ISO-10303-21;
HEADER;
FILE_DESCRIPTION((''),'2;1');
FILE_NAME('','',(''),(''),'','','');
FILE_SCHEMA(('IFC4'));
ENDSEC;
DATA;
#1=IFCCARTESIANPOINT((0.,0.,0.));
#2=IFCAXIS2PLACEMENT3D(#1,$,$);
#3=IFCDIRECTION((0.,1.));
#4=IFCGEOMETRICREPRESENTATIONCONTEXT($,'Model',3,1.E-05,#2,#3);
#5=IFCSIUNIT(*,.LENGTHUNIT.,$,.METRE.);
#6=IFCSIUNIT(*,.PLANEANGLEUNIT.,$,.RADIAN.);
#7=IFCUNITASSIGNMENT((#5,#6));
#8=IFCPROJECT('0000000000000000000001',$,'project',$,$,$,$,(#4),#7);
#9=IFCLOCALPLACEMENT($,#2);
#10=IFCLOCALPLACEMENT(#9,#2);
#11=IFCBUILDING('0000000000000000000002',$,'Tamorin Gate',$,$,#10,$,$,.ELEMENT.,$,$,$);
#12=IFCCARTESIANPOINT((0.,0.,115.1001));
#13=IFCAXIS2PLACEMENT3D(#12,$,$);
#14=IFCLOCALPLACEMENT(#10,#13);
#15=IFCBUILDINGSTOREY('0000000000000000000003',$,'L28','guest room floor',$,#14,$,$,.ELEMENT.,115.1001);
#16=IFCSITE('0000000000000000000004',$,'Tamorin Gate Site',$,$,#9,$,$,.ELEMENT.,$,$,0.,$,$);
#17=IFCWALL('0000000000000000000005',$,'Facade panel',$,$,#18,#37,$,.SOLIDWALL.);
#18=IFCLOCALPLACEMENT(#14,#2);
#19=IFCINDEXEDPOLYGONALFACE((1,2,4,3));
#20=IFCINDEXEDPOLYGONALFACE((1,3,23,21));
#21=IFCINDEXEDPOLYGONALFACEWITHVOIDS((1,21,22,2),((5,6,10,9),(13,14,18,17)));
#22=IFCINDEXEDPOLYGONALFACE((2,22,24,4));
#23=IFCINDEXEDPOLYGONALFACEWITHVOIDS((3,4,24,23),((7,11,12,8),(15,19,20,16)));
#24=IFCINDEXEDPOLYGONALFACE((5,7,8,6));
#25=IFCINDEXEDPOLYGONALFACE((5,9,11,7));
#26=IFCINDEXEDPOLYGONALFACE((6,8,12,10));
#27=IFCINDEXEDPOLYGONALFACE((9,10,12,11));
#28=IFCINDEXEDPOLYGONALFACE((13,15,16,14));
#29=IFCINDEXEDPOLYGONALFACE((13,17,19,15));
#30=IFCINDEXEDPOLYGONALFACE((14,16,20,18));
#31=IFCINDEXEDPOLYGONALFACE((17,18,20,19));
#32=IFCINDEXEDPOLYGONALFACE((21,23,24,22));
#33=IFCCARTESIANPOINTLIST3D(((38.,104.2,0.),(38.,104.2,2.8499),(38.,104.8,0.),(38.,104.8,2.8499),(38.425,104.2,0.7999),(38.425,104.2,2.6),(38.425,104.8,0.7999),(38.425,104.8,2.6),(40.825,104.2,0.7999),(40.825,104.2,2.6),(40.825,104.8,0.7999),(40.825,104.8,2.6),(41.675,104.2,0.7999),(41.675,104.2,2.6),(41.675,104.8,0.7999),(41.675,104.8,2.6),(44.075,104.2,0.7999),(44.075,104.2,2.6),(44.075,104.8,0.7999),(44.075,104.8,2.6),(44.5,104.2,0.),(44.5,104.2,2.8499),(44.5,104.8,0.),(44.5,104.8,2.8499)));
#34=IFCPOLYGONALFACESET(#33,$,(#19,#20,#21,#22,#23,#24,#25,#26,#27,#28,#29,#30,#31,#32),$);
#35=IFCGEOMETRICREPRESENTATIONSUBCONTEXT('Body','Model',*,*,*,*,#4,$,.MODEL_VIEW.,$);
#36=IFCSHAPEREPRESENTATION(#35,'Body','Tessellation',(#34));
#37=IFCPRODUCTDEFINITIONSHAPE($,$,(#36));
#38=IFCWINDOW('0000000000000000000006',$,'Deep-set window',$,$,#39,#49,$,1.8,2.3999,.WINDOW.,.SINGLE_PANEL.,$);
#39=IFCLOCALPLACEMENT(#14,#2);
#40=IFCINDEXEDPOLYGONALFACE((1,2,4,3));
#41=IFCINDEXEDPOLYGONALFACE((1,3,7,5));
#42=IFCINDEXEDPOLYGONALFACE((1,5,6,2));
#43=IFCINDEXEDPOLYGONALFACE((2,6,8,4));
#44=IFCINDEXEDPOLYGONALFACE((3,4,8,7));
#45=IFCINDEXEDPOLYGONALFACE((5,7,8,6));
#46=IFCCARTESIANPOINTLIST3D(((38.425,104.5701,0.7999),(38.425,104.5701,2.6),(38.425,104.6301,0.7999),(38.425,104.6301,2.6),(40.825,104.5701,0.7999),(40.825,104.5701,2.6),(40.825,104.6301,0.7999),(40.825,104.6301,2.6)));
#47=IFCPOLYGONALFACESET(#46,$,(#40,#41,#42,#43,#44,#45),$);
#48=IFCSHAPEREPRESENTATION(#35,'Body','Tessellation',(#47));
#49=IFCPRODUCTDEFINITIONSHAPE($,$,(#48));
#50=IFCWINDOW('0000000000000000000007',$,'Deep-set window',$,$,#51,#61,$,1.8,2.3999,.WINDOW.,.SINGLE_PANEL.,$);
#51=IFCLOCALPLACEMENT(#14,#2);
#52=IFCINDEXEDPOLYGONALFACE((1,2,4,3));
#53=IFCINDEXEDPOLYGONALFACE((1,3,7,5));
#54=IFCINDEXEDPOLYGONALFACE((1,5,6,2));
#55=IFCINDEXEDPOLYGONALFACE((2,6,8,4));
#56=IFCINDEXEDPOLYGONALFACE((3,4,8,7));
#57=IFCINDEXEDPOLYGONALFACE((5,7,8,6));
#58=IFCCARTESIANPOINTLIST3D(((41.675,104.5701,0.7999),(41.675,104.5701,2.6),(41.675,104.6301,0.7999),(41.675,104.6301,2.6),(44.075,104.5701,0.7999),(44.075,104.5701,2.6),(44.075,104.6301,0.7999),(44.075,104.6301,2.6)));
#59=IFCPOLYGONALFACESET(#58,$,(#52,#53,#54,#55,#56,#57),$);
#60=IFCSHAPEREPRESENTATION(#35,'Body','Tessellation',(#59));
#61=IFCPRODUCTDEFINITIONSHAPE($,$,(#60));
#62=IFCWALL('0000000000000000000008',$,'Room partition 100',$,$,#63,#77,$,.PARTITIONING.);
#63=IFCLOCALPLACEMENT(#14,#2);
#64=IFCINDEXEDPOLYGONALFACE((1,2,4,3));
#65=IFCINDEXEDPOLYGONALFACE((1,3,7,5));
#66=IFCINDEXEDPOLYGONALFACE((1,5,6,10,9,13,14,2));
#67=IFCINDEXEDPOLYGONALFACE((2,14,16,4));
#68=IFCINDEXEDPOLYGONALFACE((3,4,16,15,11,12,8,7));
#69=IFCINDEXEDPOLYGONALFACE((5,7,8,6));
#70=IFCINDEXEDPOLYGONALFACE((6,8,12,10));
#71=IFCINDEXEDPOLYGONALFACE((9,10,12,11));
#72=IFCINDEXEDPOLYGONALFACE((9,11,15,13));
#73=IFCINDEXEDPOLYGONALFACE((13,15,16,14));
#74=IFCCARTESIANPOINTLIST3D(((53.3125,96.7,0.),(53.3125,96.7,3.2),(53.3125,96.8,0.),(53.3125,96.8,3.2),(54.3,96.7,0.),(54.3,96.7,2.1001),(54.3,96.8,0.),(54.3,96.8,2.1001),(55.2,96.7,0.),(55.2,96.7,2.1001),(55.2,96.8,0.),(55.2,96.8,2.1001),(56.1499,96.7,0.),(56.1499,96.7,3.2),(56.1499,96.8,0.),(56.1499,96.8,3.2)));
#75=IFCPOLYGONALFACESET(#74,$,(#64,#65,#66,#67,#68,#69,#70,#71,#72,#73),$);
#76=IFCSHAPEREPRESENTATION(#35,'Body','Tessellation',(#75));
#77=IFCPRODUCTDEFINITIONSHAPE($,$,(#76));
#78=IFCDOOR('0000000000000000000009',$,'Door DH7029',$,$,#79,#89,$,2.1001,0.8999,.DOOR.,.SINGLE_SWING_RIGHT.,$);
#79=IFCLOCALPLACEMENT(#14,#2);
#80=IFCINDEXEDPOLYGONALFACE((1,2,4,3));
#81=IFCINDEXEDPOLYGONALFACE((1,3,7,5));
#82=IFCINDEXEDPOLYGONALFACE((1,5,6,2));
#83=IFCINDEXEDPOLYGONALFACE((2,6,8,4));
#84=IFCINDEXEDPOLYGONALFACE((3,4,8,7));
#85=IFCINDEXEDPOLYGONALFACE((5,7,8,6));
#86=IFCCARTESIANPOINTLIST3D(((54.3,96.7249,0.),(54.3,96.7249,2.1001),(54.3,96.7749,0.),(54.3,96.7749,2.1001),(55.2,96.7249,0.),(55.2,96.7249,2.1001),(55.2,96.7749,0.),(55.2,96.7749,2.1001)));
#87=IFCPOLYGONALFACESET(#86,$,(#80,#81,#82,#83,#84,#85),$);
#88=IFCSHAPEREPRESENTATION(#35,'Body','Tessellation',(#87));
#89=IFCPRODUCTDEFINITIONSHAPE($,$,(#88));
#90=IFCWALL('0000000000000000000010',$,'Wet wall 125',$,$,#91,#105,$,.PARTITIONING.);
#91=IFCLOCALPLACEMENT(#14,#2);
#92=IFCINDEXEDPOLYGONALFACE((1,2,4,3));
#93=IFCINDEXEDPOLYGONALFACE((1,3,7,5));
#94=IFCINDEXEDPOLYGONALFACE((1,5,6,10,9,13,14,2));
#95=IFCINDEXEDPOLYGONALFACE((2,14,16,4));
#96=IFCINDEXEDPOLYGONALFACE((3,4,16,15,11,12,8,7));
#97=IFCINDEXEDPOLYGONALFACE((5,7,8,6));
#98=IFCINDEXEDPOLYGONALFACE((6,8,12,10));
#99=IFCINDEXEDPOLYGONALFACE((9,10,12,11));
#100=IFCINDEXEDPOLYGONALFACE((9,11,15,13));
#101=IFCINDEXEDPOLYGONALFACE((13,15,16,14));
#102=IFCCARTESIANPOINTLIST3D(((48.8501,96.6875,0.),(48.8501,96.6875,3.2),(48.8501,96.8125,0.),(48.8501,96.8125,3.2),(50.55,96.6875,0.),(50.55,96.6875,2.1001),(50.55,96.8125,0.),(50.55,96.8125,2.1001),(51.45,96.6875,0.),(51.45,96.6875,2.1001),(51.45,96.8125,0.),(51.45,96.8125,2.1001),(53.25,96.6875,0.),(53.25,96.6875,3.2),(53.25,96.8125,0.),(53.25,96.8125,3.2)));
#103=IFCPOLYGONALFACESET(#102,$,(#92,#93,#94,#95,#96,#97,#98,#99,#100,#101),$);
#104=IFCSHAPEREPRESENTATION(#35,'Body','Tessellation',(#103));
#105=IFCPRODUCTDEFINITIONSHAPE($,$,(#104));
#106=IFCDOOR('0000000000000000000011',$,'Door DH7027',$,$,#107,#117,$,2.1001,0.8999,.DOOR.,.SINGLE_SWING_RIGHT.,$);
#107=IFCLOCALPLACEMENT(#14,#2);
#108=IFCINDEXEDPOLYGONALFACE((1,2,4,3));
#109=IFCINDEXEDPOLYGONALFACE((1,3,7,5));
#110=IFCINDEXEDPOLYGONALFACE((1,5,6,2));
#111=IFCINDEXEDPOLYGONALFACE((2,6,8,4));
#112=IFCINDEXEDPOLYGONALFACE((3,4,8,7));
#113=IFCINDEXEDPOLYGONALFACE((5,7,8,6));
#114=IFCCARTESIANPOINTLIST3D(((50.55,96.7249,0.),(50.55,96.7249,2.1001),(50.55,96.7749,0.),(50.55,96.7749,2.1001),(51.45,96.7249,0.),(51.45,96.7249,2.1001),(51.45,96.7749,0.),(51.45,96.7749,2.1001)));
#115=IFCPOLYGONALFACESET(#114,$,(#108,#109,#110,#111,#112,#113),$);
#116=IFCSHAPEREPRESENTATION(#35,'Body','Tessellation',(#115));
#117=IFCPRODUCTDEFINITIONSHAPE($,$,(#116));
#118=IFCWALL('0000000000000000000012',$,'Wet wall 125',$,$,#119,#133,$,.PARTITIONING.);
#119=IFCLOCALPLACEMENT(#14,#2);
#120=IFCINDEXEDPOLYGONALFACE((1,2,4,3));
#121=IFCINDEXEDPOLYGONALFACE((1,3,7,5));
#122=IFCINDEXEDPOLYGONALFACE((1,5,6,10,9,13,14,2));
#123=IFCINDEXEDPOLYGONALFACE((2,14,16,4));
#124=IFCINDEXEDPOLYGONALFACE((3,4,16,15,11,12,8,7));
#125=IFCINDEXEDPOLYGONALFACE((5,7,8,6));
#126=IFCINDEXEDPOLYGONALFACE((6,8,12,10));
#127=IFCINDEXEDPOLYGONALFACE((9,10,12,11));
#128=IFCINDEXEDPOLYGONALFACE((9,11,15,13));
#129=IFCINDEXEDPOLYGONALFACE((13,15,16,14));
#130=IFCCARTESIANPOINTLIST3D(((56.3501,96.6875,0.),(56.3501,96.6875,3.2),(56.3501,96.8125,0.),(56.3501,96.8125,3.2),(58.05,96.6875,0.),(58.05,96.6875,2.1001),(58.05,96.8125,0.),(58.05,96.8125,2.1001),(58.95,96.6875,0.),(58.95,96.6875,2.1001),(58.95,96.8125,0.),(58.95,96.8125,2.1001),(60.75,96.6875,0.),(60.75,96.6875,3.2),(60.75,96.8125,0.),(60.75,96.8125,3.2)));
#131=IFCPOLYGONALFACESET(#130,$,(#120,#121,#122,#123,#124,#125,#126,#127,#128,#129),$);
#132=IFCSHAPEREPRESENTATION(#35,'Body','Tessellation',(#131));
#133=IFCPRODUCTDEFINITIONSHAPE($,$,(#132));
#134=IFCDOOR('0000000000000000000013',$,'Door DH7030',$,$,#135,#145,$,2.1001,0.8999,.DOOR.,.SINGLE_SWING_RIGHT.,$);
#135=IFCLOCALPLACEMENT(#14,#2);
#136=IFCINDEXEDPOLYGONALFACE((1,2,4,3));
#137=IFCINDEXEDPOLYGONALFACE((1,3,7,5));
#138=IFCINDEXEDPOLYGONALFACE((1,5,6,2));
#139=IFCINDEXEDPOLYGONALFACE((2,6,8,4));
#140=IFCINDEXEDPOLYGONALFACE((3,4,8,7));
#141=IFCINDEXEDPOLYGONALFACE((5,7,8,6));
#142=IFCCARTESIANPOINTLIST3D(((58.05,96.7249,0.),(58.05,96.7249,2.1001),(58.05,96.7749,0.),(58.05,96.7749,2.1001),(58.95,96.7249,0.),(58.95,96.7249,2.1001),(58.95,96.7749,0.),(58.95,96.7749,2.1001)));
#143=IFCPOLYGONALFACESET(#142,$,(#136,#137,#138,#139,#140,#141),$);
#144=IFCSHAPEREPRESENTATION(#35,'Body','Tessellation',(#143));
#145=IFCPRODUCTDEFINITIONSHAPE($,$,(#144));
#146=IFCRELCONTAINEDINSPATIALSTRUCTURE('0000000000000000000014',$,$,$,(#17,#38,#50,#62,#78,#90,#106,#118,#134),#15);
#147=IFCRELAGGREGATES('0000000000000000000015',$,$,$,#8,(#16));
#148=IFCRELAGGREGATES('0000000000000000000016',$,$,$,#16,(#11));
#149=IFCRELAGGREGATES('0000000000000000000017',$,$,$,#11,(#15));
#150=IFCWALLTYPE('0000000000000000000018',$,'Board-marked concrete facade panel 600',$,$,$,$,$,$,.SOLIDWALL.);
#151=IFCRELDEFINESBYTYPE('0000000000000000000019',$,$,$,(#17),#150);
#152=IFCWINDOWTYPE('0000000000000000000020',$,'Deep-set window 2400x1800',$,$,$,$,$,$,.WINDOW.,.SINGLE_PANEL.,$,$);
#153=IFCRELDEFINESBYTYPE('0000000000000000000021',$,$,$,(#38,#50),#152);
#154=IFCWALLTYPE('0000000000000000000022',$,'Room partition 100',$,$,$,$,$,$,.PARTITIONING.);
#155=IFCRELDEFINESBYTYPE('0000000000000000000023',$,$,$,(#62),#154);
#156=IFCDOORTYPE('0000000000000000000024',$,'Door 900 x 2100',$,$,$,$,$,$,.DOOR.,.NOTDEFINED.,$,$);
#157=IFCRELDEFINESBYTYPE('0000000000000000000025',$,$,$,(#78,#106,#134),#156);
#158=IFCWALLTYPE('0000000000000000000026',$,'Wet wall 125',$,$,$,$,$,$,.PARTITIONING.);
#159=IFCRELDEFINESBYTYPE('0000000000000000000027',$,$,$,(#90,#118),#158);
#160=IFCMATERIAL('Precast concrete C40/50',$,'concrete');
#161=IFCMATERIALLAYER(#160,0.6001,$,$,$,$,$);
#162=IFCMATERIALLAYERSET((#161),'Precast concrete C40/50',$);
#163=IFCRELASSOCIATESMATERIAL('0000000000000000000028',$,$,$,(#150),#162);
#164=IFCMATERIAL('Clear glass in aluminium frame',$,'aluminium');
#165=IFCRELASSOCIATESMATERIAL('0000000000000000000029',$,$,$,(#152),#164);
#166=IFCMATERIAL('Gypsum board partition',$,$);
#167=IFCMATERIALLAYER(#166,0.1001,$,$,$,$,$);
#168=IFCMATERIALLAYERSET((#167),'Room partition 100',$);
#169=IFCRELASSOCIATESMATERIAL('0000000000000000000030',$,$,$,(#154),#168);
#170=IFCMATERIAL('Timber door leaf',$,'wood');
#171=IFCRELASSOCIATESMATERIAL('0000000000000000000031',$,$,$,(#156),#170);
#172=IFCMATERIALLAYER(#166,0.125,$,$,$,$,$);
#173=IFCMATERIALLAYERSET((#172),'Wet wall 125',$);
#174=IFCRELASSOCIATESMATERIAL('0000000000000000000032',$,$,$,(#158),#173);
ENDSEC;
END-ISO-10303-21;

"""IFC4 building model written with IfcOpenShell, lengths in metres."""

from ifc_helpers import new_model, si_unit, direction, frame, frame_2d, origin, place, context, subcontext, project, spatial, rectangle, extrude, material, layer, layer_set, type_object, element, fill, save


model = new_model("IFC4")

# Units and contexts
model_context = context("Model", 3, precision=1e-05, world=origin(), true_north=direction((0.0, 1.0)))
body_context = subcontext(model_context, "Body", "Model", "MODEL_VIEW")
ifc_project = project(units=[si_unit("LENGTHUNIT", "METRE"), si_unit("PLANEANGLEUNIT", "RADIAN")], contexts=[model_context])

# Site, building, storey
site_placement = place(None, origin())
site = spatial("IfcSite", under=ifc_project, at=site_placement, Name="Tamorin Gate Site", CompositionType="ELEMENT", RefElevation=0.0)
building_placement = place(site_placement, origin())
building = spatial("IfcBuilding", under=site, at=building_placement, Name="Tamorin Gate", CompositionType="ELEMENT")
storey_placement = place(building_placement, frame((0.0, 0.0, 115.1001)))
storey = spatial("IfcBuildingStorey", under=building, at=storey_placement, Name="L28", Description="guest room floor", CompositionType="ELEMENT", Elevation=115.1001)

# Wall, openings, windows
ifc_material_1 = material(Name="Precast concrete C40/50", Category="concrete")
ifc_layer_1 = layer(ifc_material_1, 0.6001)
ifc_layer_set_1 = layer_set([ifc_layer_1], Name="Precast concrete C40/50")
wall_type_1 = type_object("IfcWallType", Name="Board-marked concrete facade panel 600", PredefinedType="SOLIDWALL", material=ifc_layer_set_1)
ifc_material_2 = material(Name="Clear glass in aluminium frame", Category="aluminium")
window_type = type_object("IfcWindowType", Name="Deep-set window 2400x1800", PartitioningType="SINGLE_PANEL", PredefinedType="WINDOW", material=ifc_material_2)
wall_1_placement = place(storey_placement, frame((44.5, 104.5, 0.0), z_axis=(0.0, 0.0, 1.0), x_axis=(-1.0, 0.0, 0.0)))
wall_1 = element("IfcWall", 1, at=wall_1_placement, inside=storey, type_object=wall_type_1, Name="Facade panel", PredefinedType="SOLIDWALL", context=body_context, shape_type="SweptSolid", body=[
    extrude(rectangle(XDim=6.5, YDim=0.6001, at=frame_2d((3.25, 0.0))), origin(), (0.0, 0.0, 1.0), 2.8499),
])
opening_1_placement = place(wall_1_placement, frame((3.675, 0.0, 0.8)))
opening_1 = element("IfcOpeningElement", 2, at=opening_1_placement, cuts=wall_1, PredefinedType="OPENING", context=body_context, shape_type="SweptSolid", body=[
    extrude(rectangle(XDim=2.3999, YDim=1.8, at=frame_2d((1.2, 0.8999))), frame((0.0, 0.3101, 0.0), z_axis=(0.0, -1.0, 0.0), x_axis=(1.0, 0.0, 0.0)), (0.0, 0.0, 1.0), 0.6201),
])
opening_2_placement = place(wall_1_placement, frame((0.425, 0.0, 0.8)))
opening_2 = element("IfcOpeningElement", 3, at=opening_2_placement, cuts=wall_1, PredefinedType="OPENING", context=body_context, shape_type="SweptSolid", body=[
    extrude(rectangle(XDim=2.3999, YDim=1.8, at=frame_2d((1.2, 0.8999))), frame((0.0, 0.3101, 0.0), z_axis=(0.0, -1.0, 0.0), x_axis=(1.0, 0.0, 0.0)), (0.0, 0.0, 1.0), 0.6201),
])
window_1_placement = place(opening_1_placement, origin())
window_1 = element("IfcWindow", 4, at=window_1_placement, inside=storey, type_object=window_type, Name="Deep-set window", OverallHeight=1.8, OverallWidth=2.3999, PartitioningType="SINGLE_PANEL", PredefinedType="WINDOW", context=body_context, shape_type="SweptSolid", body=[
    extrude(rectangle(XDim=2.3999, YDim=1.8, at=frame_2d((1.2, 0.8999))), frame((0.0, -0.0701, 0.0), z_axis=(0.0, -1.0, 0.0), x_axis=(1.0, 0.0, 0.0)), (0.0, 0.0, 1.0), 0.0601),
])
fill(opening_1, window_1)
window_2_placement = place(opening_2_placement, origin())
window_2 = element("IfcWindow", 5, at=window_2_placement, inside=storey, type_object=window_type, Name="Deep-set window", OverallHeight=1.8, OverallWidth=2.3999, PartitioningType="SINGLE_PANEL", PredefinedType="WINDOW", context=body_context, shape_type="SweptSolid", body=[
    extrude(rectangle(XDim=2.3999, YDim=1.8, at=frame_2d((1.2, 0.8999))), frame((0.0, -0.0701, 0.0), z_axis=(0.0, -1.0, 0.0), x_axis=(1.0, 0.0, 0.0)), (0.0, 0.0, 1.0), 0.0601),
])
fill(opening_2, window_2)

# Walls, openings, doors
ifc_material_3 = material(Name="Gypsum board partition")
ifc_layer_2 = layer(ifc_material_3, 0.1001)
ifc_layer_set_2 = layer_set([ifc_layer_2], Name="Room partition 100")
wall_type_2 = type_object("IfcWallType", Name="Room partition 100", PredefinedType="PARTITIONING", material=ifc_layer_set_2)
wall_2_placement = place(storey_placement, frame((53.3125, 96.75, 0.0), z_axis=(0.0, 0.0, 1.0), x_axis=(1.0, 0.0, 0.0)))
wall_2 = element("IfcWall", 6, at=wall_2_placement, inside=storey, type_object=wall_type_2, Name="Room partition 100", PredefinedType="PARTITIONING", context=body_context, shape_type="SweptSolid", body=[
    extrude(rectangle(XDim=2.8374, YDim=0.1001, at=frame_2d((1.4187, 0.0))), origin(), (0.0, 0.0, 1.0), 3.2),
])
opening_3_placement = place(wall_2_placement, frame((0.9875, 0.0, 0.0)))
opening_3 = element("IfcOpeningElement", 7, at=opening_3_placement, cuts=wall_2, PredefinedType="OPENING", context=body_context, shape_type="SweptSolid", body=[
    extrude(rectangle(XDim=0.8999, YDim=2.1001, at=frame_2d((0.45, 1.05))), frame((0.0, 0.0601, 0.0), z_axis=(0.0, -1.0, 0.0), x_axis=(1.0, 0.0, 0.0)), (0.0, 0.0, 1.0), 0.1201),
])
ifc_material_4 = material(Name="Timber door leaf", Category="wood")
door_type = type_object("IfcDoorType", Name="Door 900 x 2100", OperationType="NOTDEFINED", PredefinedType="DOOR", material=ifc_material_4)
door_1_placement = place(opening_3_placement, origin())
door_1 = element("IfcDoor", 8, at=door_1_placement, inside=storey, type_object=door_type, Name="Door DH7029", OperationType="SINGLE_SWING_RIGHT", OverallHeight=2.1001, OverallWidth=0.8999, PredefinedType="DOOR", context=body_context, shape_type="SweptSolid", body=[
    extrude(rectangle(XDim=0.8999, YDim=2.1001, at=frame_2d((0.45, 1.05))), frame((0.0, 0.0249, 0.0), z_axis=(0.0, -1.0, 0.0), x_axis=(1.0, 0.0, 0.0)), (0.0, 0.0, 1.0), 0.05),
])
fill(opening_3, door_1)
ifc_layer_3 = layer(ifc_material_3, 0.125)
ifc_layer_set_3 = layer_set([ifc_layer_3], Name="Wet wall 125")
wall_type_3 = type_object("IfcWallType", Name="Wet wall 125", PredefinedType="PARTITIONING", material=ifc_layer_set_3)
wall_3_placement = place(storey_placement, frame((48.8501, 96.75, 0.0), z_axis=(0.0, 0.0, 1.0), x_axis=(1.0, 0.0, 0.0)))
wall_3 = element("IfcWall", 9, at=wall_3_placement, inside=storey, type_object=wall_type_3, Name="Wet wall 125", PredefinedType="PARTITIONING", context=body_context, shape_type="SweptSolid", body=[
    extrude(rectangle(XDim=4.3999, YDim=0.125, at=frame_2d((2.2, 0.0))), origin(), (0.0, 0.0, 1.0), 3.2),
])
opening_4_placement = place(wall_3_placement, frame((1.7, 0.0, 0.0)))
opening_4 = element("IfcOpeningElement", 10, at=opening_4_placement, cuts=wall_3, PredefinedType="OPENING", context=body_context, shape_type="SweptSolid", body=[
    extrude(rectangle(XDim=0.8999, YDim=2.1001, at=frame_2d((0.45, 1.05))), frame((0.0, 0.0725, 0.0), z_axis=(0.0, -1.0, 0.0), x_axis=(1.0, 0.0, 0.0)), (0.0, 0.0, 1.0), 0.145),
])
door_2_placement = place(opening_4_placement, origin())
door_2 = element("IfcDoor", 11, at=door_2_placement, inside=storey, type_object=door_type, Name="Door DH7027", OperationType="SINGLE_SWING_RIGHT", OverallHeight=2.1001, OverallWidth=0.8999, PredefinedType="DOOR", context=body_context, shape_type="SweptSolid", body=[
    extrude(rectangle(XDim=0.8999, YDim=2.1001, at=frame_2d((0.45, 1.05))), frame((0.0, 0.0249, 0.0), z_axis=(0.0, -1.0, 0.0), x_axis=(1.0, 0.0, 0.0)), (0.0, 0.0, 1.0), 0.05),
])
fill(opening_4, door_2)
wall_4_placement = place(storey_placement, frame((56.3501, 96.75, 0.0), z_axis=(0.0, 0.0, 1.0), x_axis=(1.0, 0.0, 0.0)))
wall_4 = element("IfcWall", 12, at=wall_4_placement, inside=storey, type_object=wall_type_3, Name="Wet wall 125", PredefinedType="PARTITIONING", context=body_context, shape_type="SweptSolid", body=[
    extrude(rectangle(XDim=4.3999, YDim=0.125, at=frame_2d((2.2, 0.0))), origin(), (0.0, 0.0, 1.0), 3.2),
])
opening_5_placement = place(wall_4_placement, frame((1.7, 0.0, 0.0)))
opening_5 = element("IfcOpeningElement", 13, at=opening_5_placement, cuts=wall_4, PredefinedType="OPENING", context=body_context, shape_type="SweptSolid", body=[
    extrude(rectangle(XDim=0.8999, YDim=2.1001, at=frame_2d((0.45, 1.05))), frame((0.0, 0.0725, 0.0), z_axis=(0.0, -1.0, 0.0), x_axis=(1.0, 0.0, 0.0)), (0.0, 0.0, 1.0), 0.145),
])
door_3_placement = place(opening_5_placement, origin())
door_3 = element("IfcDoor", 14, at=door_3_placement, inside=storey, type_object=door_type, Name="Door DH7030", OperationType="SINGLE_SWING_RIGHT", OverallHeight=2.1001, OverallWidth=0.8999, PredefinedType="DOOR", context=body_context, shape_type="SweptSolid", body=[
    extrude(rectangle(XDim=0.8999, YDim=2.1001, at=frame_2d((0.45, 1.05))), frame((0.0, 0.0249, 0.0), z_axis=(0.0, -1.0, 0.0), x_axis=(1.0, 0.0, 0.0)), (0.0, 0.0, 1.0), 0.05),
])
fill(opening_5, door_3)

save(model, "model.ifc")
